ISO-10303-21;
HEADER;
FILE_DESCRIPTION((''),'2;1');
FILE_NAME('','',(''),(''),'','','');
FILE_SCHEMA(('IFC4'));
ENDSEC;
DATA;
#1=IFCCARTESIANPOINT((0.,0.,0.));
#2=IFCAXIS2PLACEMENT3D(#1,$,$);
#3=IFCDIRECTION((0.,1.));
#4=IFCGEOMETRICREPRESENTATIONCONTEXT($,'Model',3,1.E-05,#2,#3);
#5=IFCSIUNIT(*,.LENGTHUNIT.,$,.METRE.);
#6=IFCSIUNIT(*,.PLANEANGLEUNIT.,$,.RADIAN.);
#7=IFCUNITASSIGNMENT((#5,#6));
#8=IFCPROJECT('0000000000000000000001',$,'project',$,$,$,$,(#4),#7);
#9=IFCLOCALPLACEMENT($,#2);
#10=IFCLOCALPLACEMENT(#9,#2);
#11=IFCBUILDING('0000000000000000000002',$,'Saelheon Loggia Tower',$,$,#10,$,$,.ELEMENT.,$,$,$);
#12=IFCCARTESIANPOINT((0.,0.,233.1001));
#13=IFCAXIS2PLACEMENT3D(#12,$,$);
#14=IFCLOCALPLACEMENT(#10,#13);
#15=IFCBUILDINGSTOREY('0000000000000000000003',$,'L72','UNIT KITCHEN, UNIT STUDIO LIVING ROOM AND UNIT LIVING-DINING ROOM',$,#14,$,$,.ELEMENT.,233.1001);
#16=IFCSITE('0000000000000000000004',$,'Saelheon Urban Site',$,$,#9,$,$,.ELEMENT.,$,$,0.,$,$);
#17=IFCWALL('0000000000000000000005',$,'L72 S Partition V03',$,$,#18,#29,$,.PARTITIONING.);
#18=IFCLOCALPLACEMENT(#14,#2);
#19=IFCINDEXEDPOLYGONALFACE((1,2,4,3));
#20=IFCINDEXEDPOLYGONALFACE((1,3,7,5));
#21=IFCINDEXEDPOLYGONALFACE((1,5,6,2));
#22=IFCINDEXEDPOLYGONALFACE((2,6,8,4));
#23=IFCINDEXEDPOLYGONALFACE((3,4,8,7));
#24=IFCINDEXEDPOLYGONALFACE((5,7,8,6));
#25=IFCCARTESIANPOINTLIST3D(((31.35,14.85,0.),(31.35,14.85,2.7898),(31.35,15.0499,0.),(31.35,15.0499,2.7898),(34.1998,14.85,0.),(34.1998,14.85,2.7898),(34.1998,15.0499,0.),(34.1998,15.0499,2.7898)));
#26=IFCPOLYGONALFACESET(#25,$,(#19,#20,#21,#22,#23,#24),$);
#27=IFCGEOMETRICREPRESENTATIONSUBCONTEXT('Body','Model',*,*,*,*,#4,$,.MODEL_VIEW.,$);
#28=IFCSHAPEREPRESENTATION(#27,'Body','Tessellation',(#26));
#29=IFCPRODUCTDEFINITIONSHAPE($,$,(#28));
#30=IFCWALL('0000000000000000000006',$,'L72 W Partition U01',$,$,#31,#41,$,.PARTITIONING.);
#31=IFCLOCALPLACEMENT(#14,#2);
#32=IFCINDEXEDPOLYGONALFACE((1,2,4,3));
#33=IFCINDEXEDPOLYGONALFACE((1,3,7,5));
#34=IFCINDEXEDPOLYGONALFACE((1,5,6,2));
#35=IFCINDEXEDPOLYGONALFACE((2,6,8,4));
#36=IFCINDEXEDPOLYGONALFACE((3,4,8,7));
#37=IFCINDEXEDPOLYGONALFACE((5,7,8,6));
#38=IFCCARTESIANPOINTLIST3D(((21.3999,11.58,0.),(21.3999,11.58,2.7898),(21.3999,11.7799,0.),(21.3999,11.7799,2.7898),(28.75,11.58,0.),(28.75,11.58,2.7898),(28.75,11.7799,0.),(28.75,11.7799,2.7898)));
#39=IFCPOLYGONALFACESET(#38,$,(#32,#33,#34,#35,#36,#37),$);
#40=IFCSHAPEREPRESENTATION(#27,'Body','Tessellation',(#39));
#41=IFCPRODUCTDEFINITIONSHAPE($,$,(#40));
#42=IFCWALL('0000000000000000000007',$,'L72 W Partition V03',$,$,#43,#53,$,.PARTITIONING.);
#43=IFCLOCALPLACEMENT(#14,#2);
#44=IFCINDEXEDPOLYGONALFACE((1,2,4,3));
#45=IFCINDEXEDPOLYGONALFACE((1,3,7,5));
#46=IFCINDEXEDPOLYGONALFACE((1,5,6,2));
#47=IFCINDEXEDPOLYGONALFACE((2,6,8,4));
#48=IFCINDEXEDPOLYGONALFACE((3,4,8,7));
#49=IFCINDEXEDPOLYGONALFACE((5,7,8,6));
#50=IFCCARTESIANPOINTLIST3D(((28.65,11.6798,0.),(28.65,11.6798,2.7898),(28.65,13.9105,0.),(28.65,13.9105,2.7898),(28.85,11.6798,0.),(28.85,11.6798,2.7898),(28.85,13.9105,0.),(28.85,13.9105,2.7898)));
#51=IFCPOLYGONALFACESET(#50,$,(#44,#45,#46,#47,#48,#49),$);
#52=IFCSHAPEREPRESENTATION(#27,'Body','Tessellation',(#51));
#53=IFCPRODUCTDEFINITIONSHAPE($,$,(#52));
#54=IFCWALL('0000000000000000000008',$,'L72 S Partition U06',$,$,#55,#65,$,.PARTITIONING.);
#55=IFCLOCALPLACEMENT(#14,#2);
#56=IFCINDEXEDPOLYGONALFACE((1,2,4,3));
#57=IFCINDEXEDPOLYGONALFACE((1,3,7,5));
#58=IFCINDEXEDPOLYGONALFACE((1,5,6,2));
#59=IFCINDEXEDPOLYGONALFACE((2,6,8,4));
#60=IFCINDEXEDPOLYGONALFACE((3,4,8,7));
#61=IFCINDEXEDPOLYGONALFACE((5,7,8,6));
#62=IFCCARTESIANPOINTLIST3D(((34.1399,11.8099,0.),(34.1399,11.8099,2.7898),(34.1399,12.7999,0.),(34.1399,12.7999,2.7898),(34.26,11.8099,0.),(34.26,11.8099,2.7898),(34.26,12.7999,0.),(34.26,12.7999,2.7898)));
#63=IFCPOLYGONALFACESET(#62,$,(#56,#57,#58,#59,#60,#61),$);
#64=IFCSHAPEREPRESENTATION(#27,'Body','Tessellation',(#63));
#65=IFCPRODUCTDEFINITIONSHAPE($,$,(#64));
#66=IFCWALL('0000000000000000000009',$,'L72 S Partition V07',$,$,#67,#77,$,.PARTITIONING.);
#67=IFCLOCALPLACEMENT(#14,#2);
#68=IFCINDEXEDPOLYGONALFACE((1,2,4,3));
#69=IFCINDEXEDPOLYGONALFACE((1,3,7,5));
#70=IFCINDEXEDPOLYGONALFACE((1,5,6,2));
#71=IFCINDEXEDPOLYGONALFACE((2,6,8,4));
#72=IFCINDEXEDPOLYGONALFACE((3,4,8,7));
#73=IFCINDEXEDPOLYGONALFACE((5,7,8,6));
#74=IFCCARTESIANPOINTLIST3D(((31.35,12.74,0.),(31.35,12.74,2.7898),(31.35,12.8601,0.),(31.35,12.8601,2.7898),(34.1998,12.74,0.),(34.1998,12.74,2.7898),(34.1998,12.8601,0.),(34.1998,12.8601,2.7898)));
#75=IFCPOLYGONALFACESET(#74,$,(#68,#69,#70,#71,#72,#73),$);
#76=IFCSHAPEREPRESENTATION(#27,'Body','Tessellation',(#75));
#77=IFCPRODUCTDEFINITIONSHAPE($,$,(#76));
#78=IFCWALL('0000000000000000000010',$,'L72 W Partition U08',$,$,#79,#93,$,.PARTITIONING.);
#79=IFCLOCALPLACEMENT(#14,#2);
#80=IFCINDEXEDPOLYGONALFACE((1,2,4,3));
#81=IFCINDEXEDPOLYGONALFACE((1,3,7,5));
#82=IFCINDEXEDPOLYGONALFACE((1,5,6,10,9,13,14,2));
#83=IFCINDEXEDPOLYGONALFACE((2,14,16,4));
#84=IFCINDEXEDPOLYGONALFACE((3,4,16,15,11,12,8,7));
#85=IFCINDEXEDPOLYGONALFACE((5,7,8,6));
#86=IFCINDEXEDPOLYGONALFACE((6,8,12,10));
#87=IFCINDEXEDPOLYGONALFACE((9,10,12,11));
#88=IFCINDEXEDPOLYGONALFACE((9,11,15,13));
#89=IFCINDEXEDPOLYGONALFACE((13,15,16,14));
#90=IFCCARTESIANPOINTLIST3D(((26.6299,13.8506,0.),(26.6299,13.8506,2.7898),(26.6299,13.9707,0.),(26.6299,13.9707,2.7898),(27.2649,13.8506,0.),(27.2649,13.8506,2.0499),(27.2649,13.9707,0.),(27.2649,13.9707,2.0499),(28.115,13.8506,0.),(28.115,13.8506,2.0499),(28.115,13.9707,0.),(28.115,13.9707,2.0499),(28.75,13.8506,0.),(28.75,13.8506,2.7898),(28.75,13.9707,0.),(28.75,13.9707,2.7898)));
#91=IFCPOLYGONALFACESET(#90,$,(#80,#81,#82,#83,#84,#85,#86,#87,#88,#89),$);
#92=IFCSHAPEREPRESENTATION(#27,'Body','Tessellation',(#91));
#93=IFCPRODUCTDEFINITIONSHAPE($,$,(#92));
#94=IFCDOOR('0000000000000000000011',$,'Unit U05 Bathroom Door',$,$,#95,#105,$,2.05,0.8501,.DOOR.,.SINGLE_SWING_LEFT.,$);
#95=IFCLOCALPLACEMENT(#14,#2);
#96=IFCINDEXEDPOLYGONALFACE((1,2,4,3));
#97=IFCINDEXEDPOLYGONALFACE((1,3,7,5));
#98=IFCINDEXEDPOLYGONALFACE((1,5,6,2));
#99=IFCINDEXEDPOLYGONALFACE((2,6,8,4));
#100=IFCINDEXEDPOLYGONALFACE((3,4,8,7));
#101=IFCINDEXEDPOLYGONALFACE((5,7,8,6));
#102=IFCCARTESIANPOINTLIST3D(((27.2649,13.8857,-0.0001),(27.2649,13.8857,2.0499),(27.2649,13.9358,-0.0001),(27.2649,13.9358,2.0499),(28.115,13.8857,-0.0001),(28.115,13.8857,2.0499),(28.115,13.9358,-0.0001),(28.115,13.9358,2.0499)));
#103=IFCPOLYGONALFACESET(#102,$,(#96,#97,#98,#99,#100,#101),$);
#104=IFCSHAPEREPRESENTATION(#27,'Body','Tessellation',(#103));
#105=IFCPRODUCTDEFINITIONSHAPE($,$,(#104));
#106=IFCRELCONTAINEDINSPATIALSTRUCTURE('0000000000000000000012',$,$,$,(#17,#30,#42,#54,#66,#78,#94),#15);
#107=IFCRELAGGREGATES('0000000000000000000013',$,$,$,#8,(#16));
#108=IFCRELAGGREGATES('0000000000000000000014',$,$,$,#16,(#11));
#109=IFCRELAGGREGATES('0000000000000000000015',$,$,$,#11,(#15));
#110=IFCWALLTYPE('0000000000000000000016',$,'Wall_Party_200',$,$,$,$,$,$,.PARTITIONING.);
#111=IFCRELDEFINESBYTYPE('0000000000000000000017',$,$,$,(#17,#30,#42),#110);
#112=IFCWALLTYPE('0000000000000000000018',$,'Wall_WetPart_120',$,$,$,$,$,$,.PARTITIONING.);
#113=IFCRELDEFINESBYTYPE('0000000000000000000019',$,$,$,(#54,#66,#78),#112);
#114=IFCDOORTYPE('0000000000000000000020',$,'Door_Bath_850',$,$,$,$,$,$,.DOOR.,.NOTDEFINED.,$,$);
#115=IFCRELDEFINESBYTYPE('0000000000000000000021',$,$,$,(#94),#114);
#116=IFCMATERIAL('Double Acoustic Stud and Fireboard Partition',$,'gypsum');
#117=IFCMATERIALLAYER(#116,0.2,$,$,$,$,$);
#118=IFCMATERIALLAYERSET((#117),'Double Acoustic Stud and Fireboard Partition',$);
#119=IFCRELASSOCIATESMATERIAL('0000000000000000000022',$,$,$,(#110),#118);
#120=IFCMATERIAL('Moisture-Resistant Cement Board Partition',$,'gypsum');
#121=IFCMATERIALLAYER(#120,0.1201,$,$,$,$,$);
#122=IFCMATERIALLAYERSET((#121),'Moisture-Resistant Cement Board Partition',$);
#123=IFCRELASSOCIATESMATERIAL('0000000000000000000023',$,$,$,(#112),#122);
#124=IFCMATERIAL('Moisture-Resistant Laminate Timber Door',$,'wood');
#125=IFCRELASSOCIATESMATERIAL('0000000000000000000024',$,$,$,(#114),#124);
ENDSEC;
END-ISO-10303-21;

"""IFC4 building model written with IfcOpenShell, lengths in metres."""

from ifc_helpers import new_model, si_unit, direction, frame, frame_2d, origin, place, context, subcontext, project, spatial, rectangle, extrude, source, transform, mapped, material, layer, layer_set, type_object, element, fill, save


model = new_model("IFC4")

# Units and contexts
model_context = context("Model", 3, precision=1e-05, world=origin(), true_north=direction((0.0, 1.0)))
body_context = subcontext(model_context, "Body", "Model", "MODEL_VIEW")
ifc_project = project(units=[si_unit("LENGTHUNIT", "METRE"), si_unit("PLANEANGLEUNIT", "RADIAN")], contexts=[model_context])

# Site, building, storey
site_placement = place(None, origin())
site = spatial("IfcSite", under=ifc_project, at=site_placement, Name="Saelheon Urban Site", CompositionType="ELEMENT", RefElevation=0.0)
building_placement = place(site_placement, origin())
building = spatial("IfcBuilding", under=site, at=building_placement, Name="Saelheon Loggia Tower", CompositionType="ELEMENT")
storey_placement = place(building_placement, frame((0.0, 0.0, 233.1001)))
storey = spatial("IfcBuildingStorey", under=building, at=storey_placement, Name="L72", Description="UNIT KITCHEN, UNIT STUDIO LIVING ROOM AND UNIT LIVING-DINING ROOM", CompositionType="ELEMENT", Elevation=233.1001)

# Walls
ifc_material_1 = material(Name="Double Acoustic Stud and Fireboard Partition", Category="gypsum")
ifc_layer_1 = layer(ifc_material_1, 0.2)
ifc_layer_set_1 = layer_set([ifc_layer_1], Name="Double Acoustic Stud and Fireboard Partition")
wall_type_1 = type_object("IfcWallType", Name="Wall_Party_200", PredefinedType="PARTITIONING", material=ifc_layer_set_1)
wall_1_placement = place(storey_placement, frame((31.3501, 14.95, 0.0), z_axis=(0.0, 0.0, 1.0), x_axis=(1.0, 0.0, 0.0)))
element("IfcWall", 1, at=wall_1_placement, inside=storey, type_object=wall_type_1, Name="L72 S Partition V03", PredefinedType="PARTITIONING", context=body_context, shape_type="SweptSolid", body=[
    extrude(rectangle(XDim=2.8499, YDim=0.2, at=frame_2d((1.4248, 0.0))), origin(), (0.0, 0.0, 1.0), 2.7898),
])
wall_2_placement = place(storey_placement, frame((28.75, 11.6799, 0.0), z_axis=(0.0, 0.0, 1.0), x_axis=(-1.0, 0.0, 0.0)))
element("IfcWall", 2, at=wall_2_placement, inside=storey, type_object=wall_type_1, Name="L72 W Partition U01", PredefinedType="PARTITIONING", context=body_context, shape_type="SweptSolid", body=[
    extrude(rectangle(XDim=7.3501, YDim=0.2, at=frame_2d((3.675, 0.0))), origin(), (0.0, 0.0, 1.0), 2.7898),
])
wall_3_placement = place(storey_placement, frame((28.75, 11.6799, 0.0), z_axis=(0.0, 0.0, 1.0), x_axis=(0.0, 1.0, 0.0)))
element("IfcWall", 3, at=wall_3_placement, inside=storey, type_object=wall_type_1, Name="L72 W Partition V03", PredefinedType="PARTITIONING", context=body_context, shape_type="SweptSolid", body=[
    extrude(rectangle(XDim=2.2307, YDim=0.2, at=frame_2d((1.1152, 0.0))), origin(), (0.0, 0.0, 1.0), 2.7898),
])

# Walls
ifc_material_2 = material(Name="Moisture-Resistant Cement Board Partition", Category="gypsum")
ifc_layer_2 = layer(ifc_material_2, 0.1201)
ifc_layer_set_2 = layer_set([ifc_layer_2], Name="Moisture-Resistant Cement Board Partition")
wall_type_2 = type_object("IfcWallType", Name="Wall_WetPart_120", PredefinedType="PARTITIONING", material=ifc_layer_set_2)
wall_4_placement = place(storey_placement, frame((34.2, 12.8, 0.0), z_axis=(0.0, 0.0, 1.0), x_axis=(0.0, -1.0, 0.0)))
element("IfcWall", 4, at=wall_4_placement, inside=storey, type_object=wall_type_2, Name="L72 S Partition U06", PredefinedType="PARTITIONING", context=body_context, shape_type="SweptSolid", body=[
    extrude(rectangle(XDim=0.99, YDim=0.1201, at=frame_2d((0.4951, 0.0))), origin(), (0.0, 0.0, 1.0), 2.7898),
])
wall_5_placement = place(storey_placement, frame((31.3501, 12.8, 0.0), z_axis=(0.0, 0.0, 1.0), x_axis=(1.0, 0.0, 0.0)))
element("IfcWall", 5, at=wall_5_placement, inside=storey, type_object=wall_type_2, Name="L72 S Partition V07", PredefinedType="PARTITIONING", context=body_context, shape_type="SweptSolid", body=[
    extrude(rectangle(XDim=2.8499, YDim=0.1201, at=frame_2d((1.4248, 0.0))), origin(), (0.0, 0.0, 1.0), 2.7898),
])

# Wall, opening, door
wall_6_placement = place(storey_placement, frame((28.75, 13.9106, 0.0), z_axis=(0.0, 0.0, 1.0), x_axis=(-1.0, 0.0, 0.0)))
wall_6 = element("IfcWall", 6, at=wall_6_placement, inside=storey, type_object=wall_type_2, Name="L72 W Partition U08", PredefinedType="PARTITIONING", context=body_context, shape_type="SweptSolid", body=[
    extrude(rectangle(XDim=2.1201, YDim=0.1201, at=frame_2d((1.0601, 0.0))), origin(), (0.0, 0.0, 1.0), 2.7898),
])
opening_1_placement = place(wall_6_placement, frame((0.635, 0.0, 0.0)))
opening_1 = element("IfcOpeningElement", 7, at=opening_1_placement, cuts=wall_6, PredefinedType="OPENING", context=body_context, shape_type="SweptSolid", body=[
    extrude(rectangle(XDim=0.8501, YDim=2.05, at=frame_2d((0.425, 1.0249))), frame((0.0, 0.072, 0.0), z_axis=(0.0, -1.0, 0.0), x_axis=(1.0, 0.0, 0.0)), (0.0, 0.0, 1.0), 0.144),
])
ifc_material_3 = material(Name="Moisture-Resistant Laminate Timber Door", Category="wood")
door_type_1 = type_object("IfcDoorType", Name="Door_Bath_850", OperationType="NOTDEFINED", PredefinedType="DOOR", material=ifc_material_3)
shared_shape_1 = source(origin(), body_context, "Body", "SweptSolid", [
    extrude(rectangle(XDim=0.8501, YDim=2.05, at=frame_2d((0.425, 1.0249))), frame((0.0, 0.0249, 0.0), z_axis=(0.0, -1.0, 0.0), x_axis=(1.0, 0.0, 0.0)), (0.0, 0.0, 1.0), 0.05),
])
door_1_placement = place(opening_1_placement, origin())
door_1 = element("IfcDoor", 8, at=door_1_placement, inside=storey, type_object=door_type_1, Name="Unit U05 Bathroom Door", OperationType="SINGLE_SWING_LEFT", OverallHeight=2.05, OverallWidth=0.8501, PredefinedType="DOOR", context=body_context, shape_type="MappedRepresentation", body=[
    mapped(shared_shape_1, transform((0.0, 0.0, 0.0), scale=1.0)),
])
fill(opening_1, door_1)

save(model, "model.ifc")
